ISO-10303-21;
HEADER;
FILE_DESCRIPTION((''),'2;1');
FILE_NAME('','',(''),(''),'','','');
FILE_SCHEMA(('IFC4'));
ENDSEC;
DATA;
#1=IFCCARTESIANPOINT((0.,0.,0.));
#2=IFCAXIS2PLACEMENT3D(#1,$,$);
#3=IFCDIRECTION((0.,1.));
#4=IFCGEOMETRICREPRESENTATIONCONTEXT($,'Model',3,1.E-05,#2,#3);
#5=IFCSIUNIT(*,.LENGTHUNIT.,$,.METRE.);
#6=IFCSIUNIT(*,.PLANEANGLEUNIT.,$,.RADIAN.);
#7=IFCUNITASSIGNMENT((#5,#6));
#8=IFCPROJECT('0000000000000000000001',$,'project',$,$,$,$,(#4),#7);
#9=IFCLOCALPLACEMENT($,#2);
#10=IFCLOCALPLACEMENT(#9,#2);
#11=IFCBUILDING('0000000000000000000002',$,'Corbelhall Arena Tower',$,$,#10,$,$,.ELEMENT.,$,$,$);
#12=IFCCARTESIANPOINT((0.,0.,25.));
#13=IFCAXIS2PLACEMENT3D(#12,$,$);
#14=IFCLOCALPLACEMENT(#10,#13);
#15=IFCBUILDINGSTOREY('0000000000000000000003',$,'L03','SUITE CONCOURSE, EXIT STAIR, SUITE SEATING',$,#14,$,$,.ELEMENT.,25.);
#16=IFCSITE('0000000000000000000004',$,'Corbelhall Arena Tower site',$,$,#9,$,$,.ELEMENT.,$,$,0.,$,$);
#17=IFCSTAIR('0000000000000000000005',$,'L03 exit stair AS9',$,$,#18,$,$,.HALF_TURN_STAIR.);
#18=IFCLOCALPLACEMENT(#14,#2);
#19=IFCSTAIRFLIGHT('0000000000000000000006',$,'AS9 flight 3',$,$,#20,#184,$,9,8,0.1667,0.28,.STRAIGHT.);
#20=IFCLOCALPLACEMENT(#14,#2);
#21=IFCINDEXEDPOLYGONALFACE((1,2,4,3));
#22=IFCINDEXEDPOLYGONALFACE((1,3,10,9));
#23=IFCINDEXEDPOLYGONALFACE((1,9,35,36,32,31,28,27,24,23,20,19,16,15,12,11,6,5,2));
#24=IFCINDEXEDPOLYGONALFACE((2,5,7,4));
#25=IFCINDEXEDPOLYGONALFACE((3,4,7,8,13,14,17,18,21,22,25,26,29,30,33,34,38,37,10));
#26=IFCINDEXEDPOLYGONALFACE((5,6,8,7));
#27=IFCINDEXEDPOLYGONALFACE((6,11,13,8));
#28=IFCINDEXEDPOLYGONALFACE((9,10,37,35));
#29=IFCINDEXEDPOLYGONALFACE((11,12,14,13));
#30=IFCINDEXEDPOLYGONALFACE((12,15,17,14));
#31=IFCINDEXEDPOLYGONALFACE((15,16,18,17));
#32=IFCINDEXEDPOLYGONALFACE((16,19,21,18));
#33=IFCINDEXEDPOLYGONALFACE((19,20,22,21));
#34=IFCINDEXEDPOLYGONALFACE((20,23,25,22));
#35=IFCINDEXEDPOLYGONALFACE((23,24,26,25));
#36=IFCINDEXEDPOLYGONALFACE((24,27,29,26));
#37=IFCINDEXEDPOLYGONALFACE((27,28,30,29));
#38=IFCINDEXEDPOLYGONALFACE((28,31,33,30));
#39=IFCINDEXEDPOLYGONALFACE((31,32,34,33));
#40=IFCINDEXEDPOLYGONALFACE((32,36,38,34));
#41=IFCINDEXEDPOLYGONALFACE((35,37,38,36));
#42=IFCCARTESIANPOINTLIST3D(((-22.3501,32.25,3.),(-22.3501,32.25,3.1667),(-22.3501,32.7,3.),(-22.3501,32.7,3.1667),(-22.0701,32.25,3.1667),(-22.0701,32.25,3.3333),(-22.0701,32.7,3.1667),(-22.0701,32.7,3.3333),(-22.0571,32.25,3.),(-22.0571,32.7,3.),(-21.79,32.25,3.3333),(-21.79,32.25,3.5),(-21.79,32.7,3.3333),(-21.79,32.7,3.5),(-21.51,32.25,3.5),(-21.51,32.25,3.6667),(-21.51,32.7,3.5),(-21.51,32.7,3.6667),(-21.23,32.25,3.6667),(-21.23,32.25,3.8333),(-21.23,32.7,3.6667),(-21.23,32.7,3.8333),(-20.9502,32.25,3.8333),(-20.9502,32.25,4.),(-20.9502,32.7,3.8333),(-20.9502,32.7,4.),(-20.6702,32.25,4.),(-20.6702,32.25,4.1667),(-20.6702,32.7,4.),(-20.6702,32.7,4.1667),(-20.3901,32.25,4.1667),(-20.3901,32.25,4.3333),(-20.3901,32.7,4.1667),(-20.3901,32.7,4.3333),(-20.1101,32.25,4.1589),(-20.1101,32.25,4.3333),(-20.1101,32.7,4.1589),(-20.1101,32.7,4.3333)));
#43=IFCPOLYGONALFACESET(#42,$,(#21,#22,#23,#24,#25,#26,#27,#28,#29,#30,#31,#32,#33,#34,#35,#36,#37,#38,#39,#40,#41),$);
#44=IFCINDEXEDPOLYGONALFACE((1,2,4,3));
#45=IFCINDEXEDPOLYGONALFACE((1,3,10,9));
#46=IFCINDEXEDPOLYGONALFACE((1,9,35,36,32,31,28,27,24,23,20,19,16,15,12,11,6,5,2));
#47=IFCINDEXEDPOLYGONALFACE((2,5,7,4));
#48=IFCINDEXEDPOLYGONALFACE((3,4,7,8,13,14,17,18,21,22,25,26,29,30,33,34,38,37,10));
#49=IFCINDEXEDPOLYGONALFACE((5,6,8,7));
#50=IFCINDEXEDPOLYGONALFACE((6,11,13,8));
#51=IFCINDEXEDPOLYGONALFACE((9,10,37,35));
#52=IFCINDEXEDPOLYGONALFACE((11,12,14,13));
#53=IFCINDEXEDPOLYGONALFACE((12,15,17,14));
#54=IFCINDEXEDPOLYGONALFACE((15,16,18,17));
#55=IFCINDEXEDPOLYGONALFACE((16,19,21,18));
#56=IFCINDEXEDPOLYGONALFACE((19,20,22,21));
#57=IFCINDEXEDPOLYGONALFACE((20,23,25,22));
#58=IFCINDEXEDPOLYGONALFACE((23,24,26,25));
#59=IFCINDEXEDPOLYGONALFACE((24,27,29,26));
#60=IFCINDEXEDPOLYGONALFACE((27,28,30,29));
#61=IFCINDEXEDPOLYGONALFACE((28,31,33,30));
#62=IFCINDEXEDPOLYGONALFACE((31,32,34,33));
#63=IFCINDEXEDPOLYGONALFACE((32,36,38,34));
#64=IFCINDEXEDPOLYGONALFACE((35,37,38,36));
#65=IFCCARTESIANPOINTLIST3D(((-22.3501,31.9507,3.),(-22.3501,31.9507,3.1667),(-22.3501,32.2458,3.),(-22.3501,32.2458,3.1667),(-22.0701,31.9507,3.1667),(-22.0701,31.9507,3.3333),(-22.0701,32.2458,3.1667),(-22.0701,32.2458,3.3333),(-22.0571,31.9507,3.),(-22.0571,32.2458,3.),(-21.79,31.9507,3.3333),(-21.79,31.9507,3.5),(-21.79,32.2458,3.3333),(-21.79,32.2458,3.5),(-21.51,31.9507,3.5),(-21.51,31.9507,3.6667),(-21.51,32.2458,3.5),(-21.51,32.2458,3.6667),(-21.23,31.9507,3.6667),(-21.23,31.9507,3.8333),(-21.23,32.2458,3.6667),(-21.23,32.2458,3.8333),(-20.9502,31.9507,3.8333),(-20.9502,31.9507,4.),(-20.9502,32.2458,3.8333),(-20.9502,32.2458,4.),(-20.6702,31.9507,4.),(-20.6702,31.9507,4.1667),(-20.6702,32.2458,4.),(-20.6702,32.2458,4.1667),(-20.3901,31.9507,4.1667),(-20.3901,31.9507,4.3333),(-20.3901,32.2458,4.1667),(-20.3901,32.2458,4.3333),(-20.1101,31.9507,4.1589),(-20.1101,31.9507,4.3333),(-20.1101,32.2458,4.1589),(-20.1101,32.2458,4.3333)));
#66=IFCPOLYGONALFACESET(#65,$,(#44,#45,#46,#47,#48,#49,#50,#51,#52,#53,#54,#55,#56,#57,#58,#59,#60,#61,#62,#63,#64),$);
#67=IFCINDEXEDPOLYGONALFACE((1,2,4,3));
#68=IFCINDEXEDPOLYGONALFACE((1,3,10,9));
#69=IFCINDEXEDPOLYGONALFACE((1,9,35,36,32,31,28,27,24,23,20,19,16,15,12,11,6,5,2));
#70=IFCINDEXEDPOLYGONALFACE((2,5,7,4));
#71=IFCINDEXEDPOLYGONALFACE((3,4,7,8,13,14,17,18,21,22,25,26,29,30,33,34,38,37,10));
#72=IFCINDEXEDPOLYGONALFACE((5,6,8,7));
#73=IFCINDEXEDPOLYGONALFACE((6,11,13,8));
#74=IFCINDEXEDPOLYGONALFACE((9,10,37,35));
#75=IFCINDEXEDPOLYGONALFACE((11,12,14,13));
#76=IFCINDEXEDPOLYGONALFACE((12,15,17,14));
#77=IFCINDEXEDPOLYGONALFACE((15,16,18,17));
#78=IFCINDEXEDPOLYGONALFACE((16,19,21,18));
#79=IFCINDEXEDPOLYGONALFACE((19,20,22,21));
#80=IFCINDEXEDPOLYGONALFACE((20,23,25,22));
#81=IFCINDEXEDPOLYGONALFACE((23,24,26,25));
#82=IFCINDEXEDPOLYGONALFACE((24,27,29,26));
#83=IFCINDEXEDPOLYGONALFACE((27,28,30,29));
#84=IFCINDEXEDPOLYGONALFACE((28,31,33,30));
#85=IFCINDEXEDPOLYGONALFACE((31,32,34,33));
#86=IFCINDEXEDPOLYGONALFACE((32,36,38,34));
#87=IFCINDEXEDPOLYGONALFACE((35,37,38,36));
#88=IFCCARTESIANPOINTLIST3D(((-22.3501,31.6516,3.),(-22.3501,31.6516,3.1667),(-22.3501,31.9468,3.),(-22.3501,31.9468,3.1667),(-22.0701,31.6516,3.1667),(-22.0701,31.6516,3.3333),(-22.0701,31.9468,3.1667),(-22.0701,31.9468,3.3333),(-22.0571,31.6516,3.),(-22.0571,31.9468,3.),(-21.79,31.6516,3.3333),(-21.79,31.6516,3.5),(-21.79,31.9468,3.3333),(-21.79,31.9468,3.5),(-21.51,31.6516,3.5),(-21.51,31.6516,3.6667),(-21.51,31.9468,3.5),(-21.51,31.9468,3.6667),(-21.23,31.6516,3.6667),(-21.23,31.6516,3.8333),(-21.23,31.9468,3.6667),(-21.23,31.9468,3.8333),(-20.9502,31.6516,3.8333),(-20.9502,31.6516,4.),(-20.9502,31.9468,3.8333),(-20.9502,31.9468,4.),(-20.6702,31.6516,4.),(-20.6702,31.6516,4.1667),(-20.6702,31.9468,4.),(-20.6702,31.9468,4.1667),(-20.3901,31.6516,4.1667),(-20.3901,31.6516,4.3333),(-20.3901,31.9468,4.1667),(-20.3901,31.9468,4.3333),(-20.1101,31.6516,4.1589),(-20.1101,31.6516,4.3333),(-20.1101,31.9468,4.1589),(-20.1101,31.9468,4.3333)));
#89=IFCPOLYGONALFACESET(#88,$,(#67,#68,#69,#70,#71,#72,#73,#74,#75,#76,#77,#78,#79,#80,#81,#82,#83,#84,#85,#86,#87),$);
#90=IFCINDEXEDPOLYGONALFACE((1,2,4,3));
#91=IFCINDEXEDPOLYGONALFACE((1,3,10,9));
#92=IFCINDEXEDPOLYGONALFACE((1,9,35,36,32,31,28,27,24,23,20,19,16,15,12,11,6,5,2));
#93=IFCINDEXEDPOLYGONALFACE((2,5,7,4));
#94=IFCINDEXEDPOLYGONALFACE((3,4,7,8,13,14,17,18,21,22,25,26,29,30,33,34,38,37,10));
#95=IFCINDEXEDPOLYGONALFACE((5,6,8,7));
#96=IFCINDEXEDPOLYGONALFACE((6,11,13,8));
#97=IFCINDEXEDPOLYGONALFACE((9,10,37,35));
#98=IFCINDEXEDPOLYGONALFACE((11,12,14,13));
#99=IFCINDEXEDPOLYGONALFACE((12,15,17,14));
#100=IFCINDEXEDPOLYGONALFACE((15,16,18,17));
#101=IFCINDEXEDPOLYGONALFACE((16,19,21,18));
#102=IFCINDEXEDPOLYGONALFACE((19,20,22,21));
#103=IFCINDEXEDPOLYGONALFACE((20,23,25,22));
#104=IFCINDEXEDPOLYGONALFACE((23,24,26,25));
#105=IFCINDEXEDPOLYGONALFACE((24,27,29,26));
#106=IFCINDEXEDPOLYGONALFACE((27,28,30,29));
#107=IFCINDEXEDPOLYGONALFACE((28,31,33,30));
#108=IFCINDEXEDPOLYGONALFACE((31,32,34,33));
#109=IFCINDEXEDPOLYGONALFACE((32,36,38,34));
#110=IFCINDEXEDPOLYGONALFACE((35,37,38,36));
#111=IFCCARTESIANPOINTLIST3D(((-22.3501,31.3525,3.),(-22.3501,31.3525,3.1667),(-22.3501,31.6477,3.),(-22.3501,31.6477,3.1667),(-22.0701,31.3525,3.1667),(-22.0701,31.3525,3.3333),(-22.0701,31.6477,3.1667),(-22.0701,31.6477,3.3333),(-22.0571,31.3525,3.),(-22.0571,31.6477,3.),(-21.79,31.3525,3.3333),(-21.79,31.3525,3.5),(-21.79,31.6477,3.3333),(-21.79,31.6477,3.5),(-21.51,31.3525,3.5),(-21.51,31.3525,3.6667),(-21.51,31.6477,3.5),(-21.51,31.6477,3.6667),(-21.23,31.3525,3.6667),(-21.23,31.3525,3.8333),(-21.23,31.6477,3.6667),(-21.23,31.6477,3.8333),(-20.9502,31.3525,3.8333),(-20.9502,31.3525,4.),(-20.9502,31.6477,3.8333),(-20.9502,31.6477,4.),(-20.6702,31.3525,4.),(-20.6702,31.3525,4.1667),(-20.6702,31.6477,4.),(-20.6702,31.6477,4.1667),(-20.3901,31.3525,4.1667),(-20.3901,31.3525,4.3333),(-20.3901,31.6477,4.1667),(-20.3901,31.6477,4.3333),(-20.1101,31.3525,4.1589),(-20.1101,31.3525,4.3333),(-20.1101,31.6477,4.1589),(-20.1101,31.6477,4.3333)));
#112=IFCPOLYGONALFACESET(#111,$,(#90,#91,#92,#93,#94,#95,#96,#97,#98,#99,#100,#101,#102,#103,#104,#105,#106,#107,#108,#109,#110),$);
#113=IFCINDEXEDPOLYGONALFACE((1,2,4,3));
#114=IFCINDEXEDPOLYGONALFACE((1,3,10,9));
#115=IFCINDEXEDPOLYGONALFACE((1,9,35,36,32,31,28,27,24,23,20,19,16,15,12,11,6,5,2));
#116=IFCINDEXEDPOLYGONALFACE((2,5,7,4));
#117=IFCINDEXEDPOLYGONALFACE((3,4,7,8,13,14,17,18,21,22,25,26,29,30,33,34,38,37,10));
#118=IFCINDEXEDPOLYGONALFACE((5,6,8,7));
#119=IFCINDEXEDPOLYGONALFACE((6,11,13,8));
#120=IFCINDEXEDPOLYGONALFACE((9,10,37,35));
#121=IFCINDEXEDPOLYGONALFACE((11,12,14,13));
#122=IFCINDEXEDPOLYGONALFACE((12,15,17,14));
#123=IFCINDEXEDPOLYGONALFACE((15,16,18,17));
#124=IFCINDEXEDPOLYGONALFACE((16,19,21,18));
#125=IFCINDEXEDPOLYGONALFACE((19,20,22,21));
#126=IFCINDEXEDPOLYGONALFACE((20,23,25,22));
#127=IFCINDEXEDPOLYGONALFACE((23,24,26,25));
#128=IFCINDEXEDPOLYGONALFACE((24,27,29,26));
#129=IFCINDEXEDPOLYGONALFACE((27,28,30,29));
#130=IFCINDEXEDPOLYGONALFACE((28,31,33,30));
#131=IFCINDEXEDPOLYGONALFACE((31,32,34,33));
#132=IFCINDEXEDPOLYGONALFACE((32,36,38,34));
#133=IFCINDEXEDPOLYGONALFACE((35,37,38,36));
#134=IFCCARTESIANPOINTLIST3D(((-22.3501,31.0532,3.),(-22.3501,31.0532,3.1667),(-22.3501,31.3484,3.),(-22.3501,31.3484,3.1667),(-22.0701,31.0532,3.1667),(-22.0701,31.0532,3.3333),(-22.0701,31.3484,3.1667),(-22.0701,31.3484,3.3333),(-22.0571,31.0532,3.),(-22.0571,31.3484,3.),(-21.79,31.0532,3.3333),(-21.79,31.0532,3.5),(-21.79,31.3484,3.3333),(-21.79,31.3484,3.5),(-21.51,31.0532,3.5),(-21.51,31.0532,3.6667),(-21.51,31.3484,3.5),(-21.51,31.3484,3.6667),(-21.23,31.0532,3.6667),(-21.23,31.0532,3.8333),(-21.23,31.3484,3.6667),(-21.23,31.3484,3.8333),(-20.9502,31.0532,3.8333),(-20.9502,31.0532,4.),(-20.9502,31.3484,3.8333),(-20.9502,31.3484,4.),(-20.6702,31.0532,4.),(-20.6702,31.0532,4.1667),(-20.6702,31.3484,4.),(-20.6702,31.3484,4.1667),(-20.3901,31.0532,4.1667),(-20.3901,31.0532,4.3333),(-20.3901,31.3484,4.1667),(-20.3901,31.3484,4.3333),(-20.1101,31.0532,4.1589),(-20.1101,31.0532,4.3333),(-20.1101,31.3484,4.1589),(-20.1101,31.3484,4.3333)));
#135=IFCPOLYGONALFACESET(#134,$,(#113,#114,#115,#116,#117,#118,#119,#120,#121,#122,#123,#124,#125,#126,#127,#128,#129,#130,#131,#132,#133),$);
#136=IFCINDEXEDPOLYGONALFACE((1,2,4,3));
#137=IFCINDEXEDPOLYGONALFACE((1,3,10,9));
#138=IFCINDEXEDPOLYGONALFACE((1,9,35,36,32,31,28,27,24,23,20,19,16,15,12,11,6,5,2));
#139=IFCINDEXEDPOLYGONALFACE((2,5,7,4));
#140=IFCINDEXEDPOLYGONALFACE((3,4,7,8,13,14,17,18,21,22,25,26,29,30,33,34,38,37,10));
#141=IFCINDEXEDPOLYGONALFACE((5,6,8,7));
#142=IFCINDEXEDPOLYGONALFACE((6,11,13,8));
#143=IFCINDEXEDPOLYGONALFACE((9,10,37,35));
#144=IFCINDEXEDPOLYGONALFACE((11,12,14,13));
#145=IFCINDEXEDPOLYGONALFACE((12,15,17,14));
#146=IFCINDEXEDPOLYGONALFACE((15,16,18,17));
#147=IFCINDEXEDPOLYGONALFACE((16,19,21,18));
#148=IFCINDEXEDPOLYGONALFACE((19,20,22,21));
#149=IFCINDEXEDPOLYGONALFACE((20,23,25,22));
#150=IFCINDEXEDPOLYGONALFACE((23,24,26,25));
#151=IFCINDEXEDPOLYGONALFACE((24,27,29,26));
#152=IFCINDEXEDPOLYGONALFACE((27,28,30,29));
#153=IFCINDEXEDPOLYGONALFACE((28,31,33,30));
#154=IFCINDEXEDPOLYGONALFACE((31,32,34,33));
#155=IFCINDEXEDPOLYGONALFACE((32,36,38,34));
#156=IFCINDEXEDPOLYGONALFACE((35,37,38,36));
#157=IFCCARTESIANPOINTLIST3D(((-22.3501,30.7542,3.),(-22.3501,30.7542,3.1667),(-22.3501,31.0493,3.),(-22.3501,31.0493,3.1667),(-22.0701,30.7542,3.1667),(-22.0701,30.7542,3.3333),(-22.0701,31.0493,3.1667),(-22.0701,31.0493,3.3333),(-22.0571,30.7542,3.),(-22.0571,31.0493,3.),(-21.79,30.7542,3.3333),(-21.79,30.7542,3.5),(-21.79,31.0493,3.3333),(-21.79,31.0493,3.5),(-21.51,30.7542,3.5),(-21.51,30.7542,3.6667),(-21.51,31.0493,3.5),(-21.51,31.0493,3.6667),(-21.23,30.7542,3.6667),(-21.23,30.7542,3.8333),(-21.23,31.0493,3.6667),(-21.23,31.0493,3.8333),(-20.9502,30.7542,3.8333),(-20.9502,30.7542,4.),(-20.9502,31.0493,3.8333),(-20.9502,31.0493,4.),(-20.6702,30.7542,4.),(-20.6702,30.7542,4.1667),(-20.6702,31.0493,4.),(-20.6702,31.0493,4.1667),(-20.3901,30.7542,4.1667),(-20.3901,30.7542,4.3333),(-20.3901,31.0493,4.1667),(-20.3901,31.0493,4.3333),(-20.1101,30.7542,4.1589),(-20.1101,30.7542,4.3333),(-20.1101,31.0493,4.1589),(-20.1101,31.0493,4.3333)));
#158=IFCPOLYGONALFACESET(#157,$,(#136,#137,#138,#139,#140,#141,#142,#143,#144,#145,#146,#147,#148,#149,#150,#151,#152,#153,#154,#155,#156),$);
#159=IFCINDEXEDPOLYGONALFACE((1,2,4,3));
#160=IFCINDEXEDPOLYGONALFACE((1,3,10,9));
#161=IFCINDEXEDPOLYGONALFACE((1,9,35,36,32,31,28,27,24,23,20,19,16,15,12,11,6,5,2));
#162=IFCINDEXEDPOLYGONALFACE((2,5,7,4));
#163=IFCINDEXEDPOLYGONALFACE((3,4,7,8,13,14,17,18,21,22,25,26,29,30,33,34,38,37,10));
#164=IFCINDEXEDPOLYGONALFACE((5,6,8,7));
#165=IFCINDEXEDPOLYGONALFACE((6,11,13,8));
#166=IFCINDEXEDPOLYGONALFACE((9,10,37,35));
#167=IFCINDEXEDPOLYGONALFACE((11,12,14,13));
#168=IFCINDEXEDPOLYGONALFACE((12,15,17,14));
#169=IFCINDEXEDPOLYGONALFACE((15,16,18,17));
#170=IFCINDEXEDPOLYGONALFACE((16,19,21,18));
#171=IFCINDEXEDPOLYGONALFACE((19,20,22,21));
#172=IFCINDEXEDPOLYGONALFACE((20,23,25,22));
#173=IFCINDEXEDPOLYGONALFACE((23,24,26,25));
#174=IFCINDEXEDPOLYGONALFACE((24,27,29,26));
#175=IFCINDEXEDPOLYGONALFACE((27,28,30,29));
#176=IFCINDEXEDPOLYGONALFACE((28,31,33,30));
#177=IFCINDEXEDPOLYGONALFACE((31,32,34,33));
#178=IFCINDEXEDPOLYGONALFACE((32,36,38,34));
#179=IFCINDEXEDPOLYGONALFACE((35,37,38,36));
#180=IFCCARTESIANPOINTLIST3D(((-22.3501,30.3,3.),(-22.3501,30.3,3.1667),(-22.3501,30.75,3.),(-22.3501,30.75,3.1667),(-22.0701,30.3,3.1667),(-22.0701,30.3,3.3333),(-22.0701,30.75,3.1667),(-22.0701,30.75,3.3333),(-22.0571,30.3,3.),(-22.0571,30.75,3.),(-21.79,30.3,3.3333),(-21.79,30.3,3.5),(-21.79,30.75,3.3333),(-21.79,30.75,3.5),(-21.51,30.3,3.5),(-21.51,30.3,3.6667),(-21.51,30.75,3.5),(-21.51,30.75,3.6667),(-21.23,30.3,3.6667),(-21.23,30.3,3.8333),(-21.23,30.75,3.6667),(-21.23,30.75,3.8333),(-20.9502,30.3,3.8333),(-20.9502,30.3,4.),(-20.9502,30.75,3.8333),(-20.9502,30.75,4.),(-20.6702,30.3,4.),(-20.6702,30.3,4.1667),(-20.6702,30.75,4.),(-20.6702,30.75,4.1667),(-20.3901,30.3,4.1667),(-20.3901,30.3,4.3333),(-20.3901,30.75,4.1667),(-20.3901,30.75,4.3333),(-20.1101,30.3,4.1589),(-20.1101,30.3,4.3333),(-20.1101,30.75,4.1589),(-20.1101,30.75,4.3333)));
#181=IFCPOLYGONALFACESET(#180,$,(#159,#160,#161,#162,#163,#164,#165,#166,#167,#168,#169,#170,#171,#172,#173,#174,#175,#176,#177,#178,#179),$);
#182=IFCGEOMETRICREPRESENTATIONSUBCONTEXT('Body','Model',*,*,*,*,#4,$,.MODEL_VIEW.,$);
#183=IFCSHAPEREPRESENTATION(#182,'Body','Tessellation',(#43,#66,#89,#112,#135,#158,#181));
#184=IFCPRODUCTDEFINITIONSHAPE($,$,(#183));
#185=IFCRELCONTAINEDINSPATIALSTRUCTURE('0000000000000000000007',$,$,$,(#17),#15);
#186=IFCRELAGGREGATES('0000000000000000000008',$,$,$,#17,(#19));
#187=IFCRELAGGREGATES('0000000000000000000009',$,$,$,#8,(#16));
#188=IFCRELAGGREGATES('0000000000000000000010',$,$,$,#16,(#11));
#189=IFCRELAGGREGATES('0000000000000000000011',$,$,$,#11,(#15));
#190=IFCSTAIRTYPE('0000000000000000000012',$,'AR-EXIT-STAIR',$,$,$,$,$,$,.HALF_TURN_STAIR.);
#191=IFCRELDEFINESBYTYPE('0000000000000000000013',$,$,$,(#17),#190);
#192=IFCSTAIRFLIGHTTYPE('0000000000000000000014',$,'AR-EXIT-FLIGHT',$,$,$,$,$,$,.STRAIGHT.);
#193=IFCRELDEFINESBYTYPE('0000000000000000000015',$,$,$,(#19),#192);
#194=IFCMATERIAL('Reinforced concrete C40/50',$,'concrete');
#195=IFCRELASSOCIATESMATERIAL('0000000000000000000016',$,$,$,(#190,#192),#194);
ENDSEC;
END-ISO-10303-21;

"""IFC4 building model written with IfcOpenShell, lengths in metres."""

from ifc_helpers import new_model, si_unit, direction, frame, origin, place, context, subcontext, project, spatial, polyline, outline, extrude, material, type_object, element, aggregate, save


model = new_model("IFC4")

# Units and contexts
model_context = context("Model", 3, precision=1e-05, world=origin(), true_north=direction((0.0, 1.0)))
body_context = subcontext(model_context, "Body", "Model", "MODEL_VIEW")
ifc_project = project(units=[si_unit("LENGTHUNIT", "METRE"), si_unit("PLANEANGLEUNIT", "RADIAN")], contexts=[model_context])

# Site, building, storey
site_placement = place(None, origin())
site = spatial("IfcSite", under=ifc_project, at=site_placement, Name="Corbelhall Arena Tower site", CompositionType="ELEMENT", RefElevation=0.0)
building_placement = place(site_placement, origin())
building = spatial("IfcBuilding", under=site, at=building_placement, Name="Corbelhall Arena Tower", CompositionType="ELEMENT")
storey_placement = place(building_placement, frame((0.0, 0.0, 25.0)))
storey = spatial("IfcBuildingStorey", under=building, at=storey_placement, Name="L03", Description="SUITE CONCOURSE, EXIT STAIR, SUITE SEATING", CompositionType="ELEMENT", Elevation=25.0)

# Shared definitions
ifc_material_1 = material(Name="Reinforced concrete C40/50", Category="concrete")

# Stair, stair flight
stair_type = type_object("IfcStairType", Name="AR-EXIT-STAIR", PredefinedType="HALF_TURN_STAIR", material=ifc_material_1)
stair_1_placement = place(storey_placement, origin())
stair_1 = element("IfcStair", 1, at=stair_1_placement, inside=storey, type_object=stair_type, Name="L03 exit stair AS9", PredefinedType="HALF_TURN_STAIR")
stair_flight_type = type_object("IfcStairFlightType", Name="AR-EXIT-FLIGHT", PredefinedType="STRAIGHT", material=ifc_material_1)
stair_flight_1_placement = place(storey_placement, frame((-22.3501, 31.5, 3.0), z_axis=(0.0, 0.0, 1.0), x_axis=(1.0, 0.0, 0.0)))
stair_flight_1 = element("IfcStairFlight", 2, at=stair_flight_1_placement, type_object=stair_flight_type, Name="AS9 flight 3", NumberOfRisers=9, NumberOfTreads=8, PredefinedType="STRAIGHT", RiserHeight=0.1667, TreadLength=0.28, context=body_context, shape_type="SweptSolid", body=[
    extrude(outline(polyline([(0.0, 0.0), (0.0, 0.1667), (0.28, 0.1667), (0.28, 0.3333), (0.5601, 0.3333), (0.5601, 0.5), (0.8401, 0.5), (0.8401, 0.6667), (1.1201, 0.6667), (1.1201, 0.8333), (1.3999, 0.8333), (1.3999, 1.0), (1.6799, 1.0), (1.6799, 1.1667), (1.96, 1.1667), (1.96, 1.3333), (2.24, 1.3333), (2.24, 1.5), (2.24, 1.1589), (0.293, 0.0), (0.0, 0.0)])), frame((0.0, 1.2, 0.0), z_axis=(0.0, -1.0, 0.0), x_axis=(1.0, 0.0, 0.0)), (0.0, 0.0, 1.0), 0.45),
    extrude(outline(polyline([(0.0, 0.0), (0.0, 0.1667), (0.28, 0.1667), (0.28, 0.3333), (0.5601, 0.3333), (0.5601, 0.5), (0.8401, 0.5), (0.8401, 0.6667), (1.1201, 0.6667), (1.1201, 0.8333), (1.3999, 0.8333), (1.3999, 1.0), (1.6799, 1.0), (1.6799, 1.1667), (1.96, 1.1667), (1.96, 1.3333), (2.24, 1.3333), (2.24, 1.5), (2.24, 1.1589), (0.293, 0.0), (0.0, 0.0)])), frame((0.0, 0.7458, 0.0), z_axis=(0.0, -1.0, 0.0), x_axis=(1.0, 0.0, 0.0)), (0.0, 0.0, 1.0), 0.2952),
    extrude(outline(polyline([(0.0, 0.0), (0.0, 0.1667), (0.28, 0.1667), (0.28, 0.3333), (0.5601, 0.3333), (0.5601, 0.5), (0.8401, 0.5), (0.8401, 0.6667), (1.1201, 0.6667), (1.1201, 0.8333), (1.3999, 0.8333), (1.3999, 1.0), (1.6799, 1.0), (1.6799, 1.1667), (1.96, 1.1667), (1.96, 1.3333), (2.24, 1.3333), (2.24, 1.5), (2.24, 1.1589), (0.293, 0.0), (0.0, 0.0)])), frame((0.0, 0.4468, 0.0), z_axis=(0.0, -1.0, 0.0), x_axis=(1.0, 0.0, 0.0)), (0.0, 0.0, 1.0), 0.2952),
    extrude(outline(polyline([(0.0, 0.0), (0.0, 0.1667), (0.28, 0.1667), (0.28, 0.3333), (0.5601, 0.3333), (0.5601, 0.5), (0.8401, 0.5), (0.8401, 0.6667), (1.1201, 0.6667), (1.1201, 0.8333), (1.3999, 0.8333), (1.3999, 1.0), (1.6799, 1.0), (1.6799, 1.1667), (1.96, 1.1667), (1.96, 1.3333), (2.24, 1.3333), (2.24, 1.5), (2.24, 1.1589), (0.293, 0.0), (0.0, 0.0)])), frame((0.0, 0.1477, 0.0), z_axis=(0.0, -1.0, 0.0), x_axis=(1.0, 0.0, 0.0)), (0.0, 0.0, 1.0), 0.2952),
    extrude(outline(polyline([(0.0, 0.0), (0.0, 0.1667), (0.28, 0.1667), (0.28, 0.3333), (0.5601, 0.3333), (0.5601, 0.5), (0.8401, 0.5), (0.8401, 0.6667), (1.1201, 0.6667), (1.1201, 0.8333), (1.3999, 0.8333), (1.3999, 1.0), (1.6799, 1.0), (1.6799, 1.1667), (1.96, 1.1667), (1.96, 1.3333), (2.24, 1.3333), (2.24, 1.5), (2.24, 1.1589), (0.293, 0.0), (0.0, 0.0)])), frame((0.0, -0.1516, 0.0), z_axis=(0.0, -1.0, 0.0), x_axis=(1.0, 0.0, 0.0)), (0.0, 0.0, 1.0), 0.2952),
    extrude(outline(polyline([(0.0, 0.0), (0.0, 0.1667), (0.28, 0.1667), (0.28, 0.3333), (0.5601, 0.3333), (0.5601, 0.5), (0.8401, 0.5), (0.8401, 0.6667), (1.1201, 0.6667), (1.1201, 0.8333), (1.3999, 0.8333), (1.3999, 1.0), (1.6799, 1.0), (1.6799, 1.1667), (1.96, 1.1667), (1.96, 1.3333), (2.24, 1.3333), (2.24, 1.5), (2.24, 1.1589), (0.293, 0.0), (0.0, 0.0)])), frame((0.0, -0.4507, 0.0), z_axis=(0.0, -1.0, 0.0), x_axis=(1.0, 0.0, 0.0)), (0.0, 0.0, 1.0), 0.2952),
    extrude(outline(polyline([(0.0, 0.0), (0.0, 0.1667), (0.28, 0.1667), (0.28, 0.3333), (0.5601, 0.3333), (0.5601, 0.5), (0.8401, 0.5), (0.8401, 0.6667), (1.1201, 0.6667), (1.1201, 0.8333), (1.3999, 0.8333), (1.3999, 1.0), (1.6799, 1.0), (1.6799, 1.1667), (1.96, 1.1667), (1.96, 1.3333), (2.24, 1.3333), (2.24, 1.5), (2.24, 1.1589), (0.293, 0.0), (0.0, 0.0)])), frame((0.0, -0.75, 0.0), z_axis=(0.0, -1.0, 0.0), x_axis=(1.0, 0.0, 0.0)), (0.0, 0.0, 1.0), 0.45),
])
aggregate(stair_1, [stair_flight_1])

save(model, "model.ifc")
